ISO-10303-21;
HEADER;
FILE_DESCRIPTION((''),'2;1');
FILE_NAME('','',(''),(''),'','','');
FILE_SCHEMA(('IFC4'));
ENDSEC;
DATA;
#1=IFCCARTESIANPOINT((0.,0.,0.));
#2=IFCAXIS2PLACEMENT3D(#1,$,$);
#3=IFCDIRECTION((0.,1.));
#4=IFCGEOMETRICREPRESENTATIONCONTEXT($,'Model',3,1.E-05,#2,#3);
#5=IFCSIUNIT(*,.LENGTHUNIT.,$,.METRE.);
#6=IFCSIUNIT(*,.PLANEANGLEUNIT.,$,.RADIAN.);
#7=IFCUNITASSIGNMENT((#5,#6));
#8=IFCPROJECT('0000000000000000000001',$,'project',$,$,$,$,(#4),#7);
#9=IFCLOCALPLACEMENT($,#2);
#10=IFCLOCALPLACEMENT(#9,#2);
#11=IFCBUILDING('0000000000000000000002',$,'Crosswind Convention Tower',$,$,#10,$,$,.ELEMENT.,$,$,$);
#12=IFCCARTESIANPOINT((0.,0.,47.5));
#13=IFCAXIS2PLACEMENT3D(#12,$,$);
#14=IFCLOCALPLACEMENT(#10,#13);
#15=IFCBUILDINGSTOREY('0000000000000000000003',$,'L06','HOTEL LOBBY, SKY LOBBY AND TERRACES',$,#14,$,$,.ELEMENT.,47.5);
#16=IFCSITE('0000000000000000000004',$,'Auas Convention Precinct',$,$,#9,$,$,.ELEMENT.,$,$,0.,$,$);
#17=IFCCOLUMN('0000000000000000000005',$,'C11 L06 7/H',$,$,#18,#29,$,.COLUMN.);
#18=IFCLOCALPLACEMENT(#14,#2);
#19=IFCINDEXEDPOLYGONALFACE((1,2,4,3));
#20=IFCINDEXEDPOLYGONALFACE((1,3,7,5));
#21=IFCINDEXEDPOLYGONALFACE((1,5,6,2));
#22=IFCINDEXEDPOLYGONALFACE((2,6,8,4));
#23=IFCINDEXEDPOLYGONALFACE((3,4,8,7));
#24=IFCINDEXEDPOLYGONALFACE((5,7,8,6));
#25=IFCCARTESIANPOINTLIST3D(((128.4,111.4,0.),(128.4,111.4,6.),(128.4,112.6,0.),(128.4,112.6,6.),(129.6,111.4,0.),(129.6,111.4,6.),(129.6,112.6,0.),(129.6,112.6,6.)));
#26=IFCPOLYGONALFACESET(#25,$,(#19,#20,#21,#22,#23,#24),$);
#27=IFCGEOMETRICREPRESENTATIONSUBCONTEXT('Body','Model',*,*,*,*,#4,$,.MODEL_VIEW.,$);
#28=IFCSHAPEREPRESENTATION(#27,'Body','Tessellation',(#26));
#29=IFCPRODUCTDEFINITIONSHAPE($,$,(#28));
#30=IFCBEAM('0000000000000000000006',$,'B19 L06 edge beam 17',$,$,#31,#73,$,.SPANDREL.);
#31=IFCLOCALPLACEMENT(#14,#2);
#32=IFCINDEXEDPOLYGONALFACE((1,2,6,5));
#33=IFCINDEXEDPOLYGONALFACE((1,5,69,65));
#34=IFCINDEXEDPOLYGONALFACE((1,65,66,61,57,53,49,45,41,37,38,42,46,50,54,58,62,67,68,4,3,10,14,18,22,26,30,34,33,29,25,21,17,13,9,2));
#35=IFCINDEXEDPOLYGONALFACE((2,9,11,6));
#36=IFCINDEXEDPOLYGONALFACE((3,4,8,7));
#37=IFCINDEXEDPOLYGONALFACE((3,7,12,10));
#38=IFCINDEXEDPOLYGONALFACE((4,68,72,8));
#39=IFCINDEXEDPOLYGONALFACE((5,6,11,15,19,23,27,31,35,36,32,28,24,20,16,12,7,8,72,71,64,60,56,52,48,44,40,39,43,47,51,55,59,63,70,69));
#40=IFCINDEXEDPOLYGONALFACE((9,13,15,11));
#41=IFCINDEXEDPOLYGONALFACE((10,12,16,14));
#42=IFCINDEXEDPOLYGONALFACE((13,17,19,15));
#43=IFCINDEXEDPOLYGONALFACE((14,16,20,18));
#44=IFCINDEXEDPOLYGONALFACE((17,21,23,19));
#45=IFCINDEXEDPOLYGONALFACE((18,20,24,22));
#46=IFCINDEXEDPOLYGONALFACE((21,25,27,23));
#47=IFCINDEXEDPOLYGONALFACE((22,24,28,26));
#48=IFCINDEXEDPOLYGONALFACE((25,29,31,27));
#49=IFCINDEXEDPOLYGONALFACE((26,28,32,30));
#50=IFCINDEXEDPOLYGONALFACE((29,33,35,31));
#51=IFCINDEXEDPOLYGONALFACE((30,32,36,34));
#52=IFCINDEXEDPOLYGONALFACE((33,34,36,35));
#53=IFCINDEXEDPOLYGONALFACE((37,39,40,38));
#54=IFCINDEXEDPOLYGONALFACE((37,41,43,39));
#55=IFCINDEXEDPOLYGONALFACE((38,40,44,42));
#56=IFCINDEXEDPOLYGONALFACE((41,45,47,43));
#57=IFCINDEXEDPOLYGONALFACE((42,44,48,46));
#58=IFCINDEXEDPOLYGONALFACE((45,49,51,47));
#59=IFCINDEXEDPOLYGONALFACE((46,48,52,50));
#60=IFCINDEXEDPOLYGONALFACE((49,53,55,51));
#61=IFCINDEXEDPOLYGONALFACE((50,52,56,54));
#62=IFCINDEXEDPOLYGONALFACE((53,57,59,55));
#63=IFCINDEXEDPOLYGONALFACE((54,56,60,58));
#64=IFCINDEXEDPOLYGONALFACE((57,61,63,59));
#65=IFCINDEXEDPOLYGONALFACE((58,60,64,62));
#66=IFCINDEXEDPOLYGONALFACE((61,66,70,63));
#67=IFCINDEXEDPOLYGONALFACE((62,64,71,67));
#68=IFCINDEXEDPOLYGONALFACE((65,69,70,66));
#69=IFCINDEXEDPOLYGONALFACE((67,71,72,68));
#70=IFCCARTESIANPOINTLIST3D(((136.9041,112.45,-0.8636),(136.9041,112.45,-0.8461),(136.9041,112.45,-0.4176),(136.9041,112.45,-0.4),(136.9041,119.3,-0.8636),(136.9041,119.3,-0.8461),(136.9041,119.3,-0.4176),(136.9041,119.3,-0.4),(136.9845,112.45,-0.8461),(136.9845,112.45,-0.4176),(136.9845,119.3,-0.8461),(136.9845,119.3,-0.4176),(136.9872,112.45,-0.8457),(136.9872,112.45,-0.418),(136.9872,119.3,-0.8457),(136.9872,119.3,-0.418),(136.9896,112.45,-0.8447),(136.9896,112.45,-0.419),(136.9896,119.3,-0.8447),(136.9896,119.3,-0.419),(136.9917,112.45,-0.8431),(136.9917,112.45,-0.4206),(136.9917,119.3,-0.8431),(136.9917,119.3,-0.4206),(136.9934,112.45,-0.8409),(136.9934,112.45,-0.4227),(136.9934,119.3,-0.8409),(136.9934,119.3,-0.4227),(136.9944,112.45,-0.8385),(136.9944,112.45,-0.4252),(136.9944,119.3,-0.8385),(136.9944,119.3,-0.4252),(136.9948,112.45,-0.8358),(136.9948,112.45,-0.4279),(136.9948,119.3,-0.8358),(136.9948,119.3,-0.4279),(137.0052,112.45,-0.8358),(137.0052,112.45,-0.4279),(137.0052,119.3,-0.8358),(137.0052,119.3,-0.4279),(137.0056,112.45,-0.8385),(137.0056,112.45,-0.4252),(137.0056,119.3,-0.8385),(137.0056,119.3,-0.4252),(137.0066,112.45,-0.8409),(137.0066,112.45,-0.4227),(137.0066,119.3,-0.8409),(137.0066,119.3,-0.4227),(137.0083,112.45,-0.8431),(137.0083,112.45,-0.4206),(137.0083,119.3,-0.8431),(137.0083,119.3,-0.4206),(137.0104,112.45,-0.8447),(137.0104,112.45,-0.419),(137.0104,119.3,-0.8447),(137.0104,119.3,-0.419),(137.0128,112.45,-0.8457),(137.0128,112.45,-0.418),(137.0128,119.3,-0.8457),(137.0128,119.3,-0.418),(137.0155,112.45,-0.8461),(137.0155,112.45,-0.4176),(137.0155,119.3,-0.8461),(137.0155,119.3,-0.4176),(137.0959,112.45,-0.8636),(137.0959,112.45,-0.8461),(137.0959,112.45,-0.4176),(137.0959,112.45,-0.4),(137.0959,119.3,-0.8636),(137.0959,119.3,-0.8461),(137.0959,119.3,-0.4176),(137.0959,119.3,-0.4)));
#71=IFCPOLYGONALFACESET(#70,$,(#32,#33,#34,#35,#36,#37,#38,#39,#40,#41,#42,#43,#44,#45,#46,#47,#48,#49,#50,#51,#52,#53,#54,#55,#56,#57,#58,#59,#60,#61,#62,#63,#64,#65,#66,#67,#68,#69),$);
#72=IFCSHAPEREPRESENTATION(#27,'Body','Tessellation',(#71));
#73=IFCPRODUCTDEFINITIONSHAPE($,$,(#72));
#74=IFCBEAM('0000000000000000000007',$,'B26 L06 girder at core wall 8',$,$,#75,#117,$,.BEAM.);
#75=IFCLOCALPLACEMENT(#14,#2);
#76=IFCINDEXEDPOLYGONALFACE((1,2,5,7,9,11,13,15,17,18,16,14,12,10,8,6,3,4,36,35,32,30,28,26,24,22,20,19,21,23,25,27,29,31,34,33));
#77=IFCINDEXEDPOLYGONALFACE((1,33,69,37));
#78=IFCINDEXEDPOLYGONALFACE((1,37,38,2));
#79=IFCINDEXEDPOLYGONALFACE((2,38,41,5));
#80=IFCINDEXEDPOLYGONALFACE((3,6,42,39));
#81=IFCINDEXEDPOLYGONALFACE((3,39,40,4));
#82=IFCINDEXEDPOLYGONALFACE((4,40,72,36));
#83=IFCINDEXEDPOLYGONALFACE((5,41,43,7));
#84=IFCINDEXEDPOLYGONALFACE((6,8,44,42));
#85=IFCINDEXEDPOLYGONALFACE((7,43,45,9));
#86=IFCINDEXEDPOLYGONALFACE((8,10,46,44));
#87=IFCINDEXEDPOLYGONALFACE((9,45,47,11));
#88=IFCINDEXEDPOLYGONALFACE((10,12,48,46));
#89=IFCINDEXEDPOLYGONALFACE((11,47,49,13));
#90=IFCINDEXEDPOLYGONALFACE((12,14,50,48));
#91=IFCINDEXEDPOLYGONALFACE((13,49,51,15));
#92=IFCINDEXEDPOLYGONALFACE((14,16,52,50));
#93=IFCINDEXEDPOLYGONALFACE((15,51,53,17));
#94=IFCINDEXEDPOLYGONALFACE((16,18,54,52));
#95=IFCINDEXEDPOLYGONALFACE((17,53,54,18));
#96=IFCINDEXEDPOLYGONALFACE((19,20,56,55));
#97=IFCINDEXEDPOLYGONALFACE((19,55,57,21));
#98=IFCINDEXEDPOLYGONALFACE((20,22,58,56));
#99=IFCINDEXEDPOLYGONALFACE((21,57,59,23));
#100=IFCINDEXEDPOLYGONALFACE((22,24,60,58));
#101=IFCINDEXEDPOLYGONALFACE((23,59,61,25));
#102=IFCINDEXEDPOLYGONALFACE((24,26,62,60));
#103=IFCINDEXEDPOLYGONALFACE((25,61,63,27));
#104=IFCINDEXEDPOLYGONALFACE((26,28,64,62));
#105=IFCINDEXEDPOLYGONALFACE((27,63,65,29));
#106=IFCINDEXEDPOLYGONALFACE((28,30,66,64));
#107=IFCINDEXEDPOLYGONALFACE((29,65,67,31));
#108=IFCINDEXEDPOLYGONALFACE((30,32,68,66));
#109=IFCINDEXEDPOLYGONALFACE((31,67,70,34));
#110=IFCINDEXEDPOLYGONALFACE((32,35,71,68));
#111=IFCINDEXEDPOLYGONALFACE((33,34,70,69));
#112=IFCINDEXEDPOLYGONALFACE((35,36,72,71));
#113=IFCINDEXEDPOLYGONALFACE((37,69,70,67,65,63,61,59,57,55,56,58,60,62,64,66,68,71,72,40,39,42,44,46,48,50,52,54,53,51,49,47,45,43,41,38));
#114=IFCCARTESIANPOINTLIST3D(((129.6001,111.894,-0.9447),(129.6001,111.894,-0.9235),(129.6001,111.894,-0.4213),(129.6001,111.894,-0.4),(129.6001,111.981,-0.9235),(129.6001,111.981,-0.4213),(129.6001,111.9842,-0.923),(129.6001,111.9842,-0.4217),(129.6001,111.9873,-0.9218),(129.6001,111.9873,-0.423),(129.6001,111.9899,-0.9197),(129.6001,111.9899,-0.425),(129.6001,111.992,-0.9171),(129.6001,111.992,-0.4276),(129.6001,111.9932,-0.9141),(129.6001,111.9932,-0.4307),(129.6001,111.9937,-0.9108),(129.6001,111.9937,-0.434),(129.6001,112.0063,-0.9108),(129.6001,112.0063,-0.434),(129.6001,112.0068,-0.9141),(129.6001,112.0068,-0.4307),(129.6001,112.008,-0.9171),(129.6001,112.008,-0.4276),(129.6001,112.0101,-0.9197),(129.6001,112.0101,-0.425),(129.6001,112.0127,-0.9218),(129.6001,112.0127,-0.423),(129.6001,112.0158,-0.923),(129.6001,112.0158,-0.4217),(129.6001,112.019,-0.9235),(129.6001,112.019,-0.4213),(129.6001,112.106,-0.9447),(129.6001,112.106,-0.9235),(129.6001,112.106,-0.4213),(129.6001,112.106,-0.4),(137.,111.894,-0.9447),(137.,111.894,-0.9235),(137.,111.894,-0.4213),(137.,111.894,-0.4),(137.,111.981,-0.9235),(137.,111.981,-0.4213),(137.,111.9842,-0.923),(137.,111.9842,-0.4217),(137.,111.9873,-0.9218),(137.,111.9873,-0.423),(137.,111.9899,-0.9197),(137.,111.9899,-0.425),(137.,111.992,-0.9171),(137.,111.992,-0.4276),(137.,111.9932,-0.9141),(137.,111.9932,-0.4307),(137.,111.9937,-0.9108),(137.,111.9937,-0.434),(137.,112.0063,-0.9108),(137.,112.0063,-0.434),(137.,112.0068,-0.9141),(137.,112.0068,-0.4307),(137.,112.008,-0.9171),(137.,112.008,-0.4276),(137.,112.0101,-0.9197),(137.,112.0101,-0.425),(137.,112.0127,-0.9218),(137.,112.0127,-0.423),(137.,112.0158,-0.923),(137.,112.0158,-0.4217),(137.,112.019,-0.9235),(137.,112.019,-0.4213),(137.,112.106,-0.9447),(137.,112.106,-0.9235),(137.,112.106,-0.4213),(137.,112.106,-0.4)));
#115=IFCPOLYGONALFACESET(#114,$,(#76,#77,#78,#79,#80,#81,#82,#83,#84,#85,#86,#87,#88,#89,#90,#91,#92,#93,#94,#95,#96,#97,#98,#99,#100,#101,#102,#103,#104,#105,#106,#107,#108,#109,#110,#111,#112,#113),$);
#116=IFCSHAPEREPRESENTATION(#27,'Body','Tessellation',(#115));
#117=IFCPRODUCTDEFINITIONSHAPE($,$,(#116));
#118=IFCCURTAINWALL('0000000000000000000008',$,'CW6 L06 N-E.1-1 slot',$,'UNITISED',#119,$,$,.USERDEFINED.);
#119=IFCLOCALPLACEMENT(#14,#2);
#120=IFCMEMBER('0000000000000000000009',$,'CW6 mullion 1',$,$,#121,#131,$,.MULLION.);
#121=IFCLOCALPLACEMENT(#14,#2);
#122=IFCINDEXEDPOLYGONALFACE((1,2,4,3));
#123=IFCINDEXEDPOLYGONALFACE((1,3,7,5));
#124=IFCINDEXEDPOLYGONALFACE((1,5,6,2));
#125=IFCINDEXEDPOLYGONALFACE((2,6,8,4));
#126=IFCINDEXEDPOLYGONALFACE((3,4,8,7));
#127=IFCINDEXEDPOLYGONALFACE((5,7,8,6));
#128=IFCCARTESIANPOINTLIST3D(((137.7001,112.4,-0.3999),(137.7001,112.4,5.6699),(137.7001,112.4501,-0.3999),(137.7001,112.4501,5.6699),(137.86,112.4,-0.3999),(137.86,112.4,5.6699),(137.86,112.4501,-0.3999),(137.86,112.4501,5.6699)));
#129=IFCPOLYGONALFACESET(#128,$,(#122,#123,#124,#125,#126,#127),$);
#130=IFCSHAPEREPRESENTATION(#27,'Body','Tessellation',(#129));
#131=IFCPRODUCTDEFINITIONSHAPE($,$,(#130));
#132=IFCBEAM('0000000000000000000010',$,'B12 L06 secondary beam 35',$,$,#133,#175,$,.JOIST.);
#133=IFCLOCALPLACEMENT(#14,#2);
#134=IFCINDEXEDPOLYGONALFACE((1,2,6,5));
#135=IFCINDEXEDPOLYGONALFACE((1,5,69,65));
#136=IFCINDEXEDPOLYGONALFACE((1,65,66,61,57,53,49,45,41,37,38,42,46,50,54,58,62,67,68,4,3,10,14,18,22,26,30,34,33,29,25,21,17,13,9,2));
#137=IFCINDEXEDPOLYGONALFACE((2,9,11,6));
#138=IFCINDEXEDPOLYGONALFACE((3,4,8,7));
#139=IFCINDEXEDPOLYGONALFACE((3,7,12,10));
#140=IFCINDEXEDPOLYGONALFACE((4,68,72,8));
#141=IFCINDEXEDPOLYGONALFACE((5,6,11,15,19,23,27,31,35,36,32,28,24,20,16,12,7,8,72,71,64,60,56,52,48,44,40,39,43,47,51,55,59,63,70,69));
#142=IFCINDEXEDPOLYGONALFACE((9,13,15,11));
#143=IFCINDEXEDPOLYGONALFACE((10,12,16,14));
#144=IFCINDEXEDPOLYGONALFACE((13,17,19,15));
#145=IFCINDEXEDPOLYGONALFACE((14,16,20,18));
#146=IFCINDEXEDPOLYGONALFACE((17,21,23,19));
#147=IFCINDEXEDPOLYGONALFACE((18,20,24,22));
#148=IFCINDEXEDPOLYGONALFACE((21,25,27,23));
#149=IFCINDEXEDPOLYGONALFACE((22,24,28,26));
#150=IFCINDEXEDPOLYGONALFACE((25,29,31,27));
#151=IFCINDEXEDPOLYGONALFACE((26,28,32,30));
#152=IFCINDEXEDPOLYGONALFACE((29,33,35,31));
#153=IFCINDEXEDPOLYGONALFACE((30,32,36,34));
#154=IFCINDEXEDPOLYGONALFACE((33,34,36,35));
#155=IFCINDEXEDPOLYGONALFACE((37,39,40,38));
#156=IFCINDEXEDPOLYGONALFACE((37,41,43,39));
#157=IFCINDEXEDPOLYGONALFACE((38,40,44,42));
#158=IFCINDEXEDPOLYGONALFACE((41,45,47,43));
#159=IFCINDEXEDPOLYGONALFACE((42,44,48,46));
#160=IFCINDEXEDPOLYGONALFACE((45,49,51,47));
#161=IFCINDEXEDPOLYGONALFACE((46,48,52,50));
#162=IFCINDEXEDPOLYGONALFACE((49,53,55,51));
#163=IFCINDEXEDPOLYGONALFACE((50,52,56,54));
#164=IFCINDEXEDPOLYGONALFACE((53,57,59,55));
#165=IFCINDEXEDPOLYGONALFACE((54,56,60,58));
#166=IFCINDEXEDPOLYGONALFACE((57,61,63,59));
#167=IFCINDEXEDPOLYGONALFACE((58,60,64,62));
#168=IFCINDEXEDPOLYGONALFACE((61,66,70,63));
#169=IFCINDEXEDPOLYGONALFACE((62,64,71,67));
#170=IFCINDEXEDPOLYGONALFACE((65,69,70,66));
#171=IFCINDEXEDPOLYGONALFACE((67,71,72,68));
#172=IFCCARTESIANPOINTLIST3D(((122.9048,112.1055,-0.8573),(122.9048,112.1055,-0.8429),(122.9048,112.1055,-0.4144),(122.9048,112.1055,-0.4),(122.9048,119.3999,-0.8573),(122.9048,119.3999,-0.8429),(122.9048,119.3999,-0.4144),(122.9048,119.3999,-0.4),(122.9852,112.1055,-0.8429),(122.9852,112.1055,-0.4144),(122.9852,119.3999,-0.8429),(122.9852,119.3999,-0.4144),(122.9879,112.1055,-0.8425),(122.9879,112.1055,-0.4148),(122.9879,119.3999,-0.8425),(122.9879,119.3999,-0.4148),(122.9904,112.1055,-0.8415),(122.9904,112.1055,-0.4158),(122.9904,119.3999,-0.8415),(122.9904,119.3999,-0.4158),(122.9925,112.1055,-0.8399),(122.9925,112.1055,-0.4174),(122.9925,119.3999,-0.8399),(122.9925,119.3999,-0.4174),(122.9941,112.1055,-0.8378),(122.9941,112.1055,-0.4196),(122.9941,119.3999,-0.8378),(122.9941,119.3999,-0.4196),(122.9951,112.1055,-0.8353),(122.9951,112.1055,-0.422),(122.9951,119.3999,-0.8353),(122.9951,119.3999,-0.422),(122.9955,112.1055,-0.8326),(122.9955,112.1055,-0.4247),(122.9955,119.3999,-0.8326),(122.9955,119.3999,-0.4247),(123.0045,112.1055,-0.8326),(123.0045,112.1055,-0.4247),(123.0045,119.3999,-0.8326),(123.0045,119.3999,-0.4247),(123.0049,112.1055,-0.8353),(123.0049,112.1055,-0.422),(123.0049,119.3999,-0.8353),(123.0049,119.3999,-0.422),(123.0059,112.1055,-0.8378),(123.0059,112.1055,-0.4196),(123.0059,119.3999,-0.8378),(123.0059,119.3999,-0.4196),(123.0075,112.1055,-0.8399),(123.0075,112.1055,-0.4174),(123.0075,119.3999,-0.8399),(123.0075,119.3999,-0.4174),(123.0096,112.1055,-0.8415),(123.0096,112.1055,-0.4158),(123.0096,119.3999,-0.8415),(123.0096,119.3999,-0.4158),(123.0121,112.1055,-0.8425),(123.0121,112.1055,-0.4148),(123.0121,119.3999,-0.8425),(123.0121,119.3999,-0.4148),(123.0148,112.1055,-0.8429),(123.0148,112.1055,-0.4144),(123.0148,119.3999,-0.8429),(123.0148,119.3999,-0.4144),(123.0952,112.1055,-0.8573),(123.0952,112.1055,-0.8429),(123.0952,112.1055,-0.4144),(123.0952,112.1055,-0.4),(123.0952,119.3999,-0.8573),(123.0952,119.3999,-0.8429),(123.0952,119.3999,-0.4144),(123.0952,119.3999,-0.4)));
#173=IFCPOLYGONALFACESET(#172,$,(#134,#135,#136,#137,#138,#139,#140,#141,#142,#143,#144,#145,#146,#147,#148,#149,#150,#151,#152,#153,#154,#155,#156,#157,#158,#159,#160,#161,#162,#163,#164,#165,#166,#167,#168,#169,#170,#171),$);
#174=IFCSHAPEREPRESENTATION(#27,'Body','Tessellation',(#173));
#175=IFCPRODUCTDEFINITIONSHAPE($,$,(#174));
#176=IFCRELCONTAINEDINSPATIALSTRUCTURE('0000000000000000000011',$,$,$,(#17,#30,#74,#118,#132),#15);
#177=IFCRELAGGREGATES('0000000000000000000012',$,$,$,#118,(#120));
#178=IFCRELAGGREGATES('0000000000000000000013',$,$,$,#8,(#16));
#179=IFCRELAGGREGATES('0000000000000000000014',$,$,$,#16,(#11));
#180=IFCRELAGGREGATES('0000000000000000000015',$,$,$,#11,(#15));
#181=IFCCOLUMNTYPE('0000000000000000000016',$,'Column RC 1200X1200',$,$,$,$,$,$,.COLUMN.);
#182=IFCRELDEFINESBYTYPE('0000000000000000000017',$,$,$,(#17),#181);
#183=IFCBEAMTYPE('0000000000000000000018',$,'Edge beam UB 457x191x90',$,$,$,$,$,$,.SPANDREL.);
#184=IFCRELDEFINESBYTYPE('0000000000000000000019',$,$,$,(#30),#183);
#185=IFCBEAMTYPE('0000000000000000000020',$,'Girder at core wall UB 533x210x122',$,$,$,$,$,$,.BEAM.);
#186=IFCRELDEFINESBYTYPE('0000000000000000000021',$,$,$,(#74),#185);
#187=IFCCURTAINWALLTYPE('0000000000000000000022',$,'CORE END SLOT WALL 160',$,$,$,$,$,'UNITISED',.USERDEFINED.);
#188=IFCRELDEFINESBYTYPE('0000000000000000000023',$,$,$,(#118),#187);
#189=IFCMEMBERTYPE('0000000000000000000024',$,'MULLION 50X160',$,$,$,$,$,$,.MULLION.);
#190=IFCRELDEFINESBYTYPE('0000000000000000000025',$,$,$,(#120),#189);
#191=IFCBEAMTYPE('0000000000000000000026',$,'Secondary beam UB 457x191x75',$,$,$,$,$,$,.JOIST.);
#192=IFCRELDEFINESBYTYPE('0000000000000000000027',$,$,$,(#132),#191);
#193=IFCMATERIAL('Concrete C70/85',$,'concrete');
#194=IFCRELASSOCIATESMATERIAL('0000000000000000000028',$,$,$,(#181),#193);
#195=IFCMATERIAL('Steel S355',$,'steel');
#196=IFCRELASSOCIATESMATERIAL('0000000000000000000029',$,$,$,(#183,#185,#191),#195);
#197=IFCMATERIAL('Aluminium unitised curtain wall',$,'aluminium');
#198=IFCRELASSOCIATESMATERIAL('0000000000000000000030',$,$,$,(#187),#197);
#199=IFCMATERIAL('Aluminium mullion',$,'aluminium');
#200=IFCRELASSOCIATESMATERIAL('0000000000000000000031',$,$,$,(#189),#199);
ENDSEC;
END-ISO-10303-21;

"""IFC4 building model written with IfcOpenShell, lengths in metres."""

from ifc_helpers import new_model, si_unit, direction, frame, origin, origin_2d, place, context, subcontext, project, spatial, rectangle, i_section, extrude, material, material_profile, profile_set, type_object, element, aggregate, save


model = new_model("IFC4")

# Units and contexts
model_context = context("Model", 3, precision=1e-05, world=origin(), true_north=direction((0.0, 1.0)))
body_context = subcontext(model_context, "Body", "Model", "MODEL_VIEW")
ifc_project = project(units=[si_unit("LENGTHUNIT", "METRE"), si_unit("PLANEANGLEUNIT", "RADIAN")], contexts=[model_context])

# Site, building, storey
site_placement = place(None, origin())
site = spatial("IfcSite", under=ifc_project, at=site_placement, Name="Auas Convention Precinct", CompositionType="ELEMENT", RefElevation=0.0)
building_placement = place(site_placement, origin())
building = spatial("IfcBuilding", under=site, at=building_placement, Name="Crosswind Convention Tower", CompositionType="ELEMENT")
storey_placement = place(building_placement, frame((0.0, 0.0, 47.5)))
storey = spatial("IfcBuildingStorey", under=building, at=storey_placement, Name="L06", Description="HOTEL LOBBY, SKY LOBBY AND TERRACES", CompositionType="ELEMENT", Elevation=47.5)

# Column
ifc_material_1 = material(Name="Concrete C70/85", Category="concrete")
ifc_material_profile_1 = material_profile(ifc_material_1, rectangle(XDim=1.2, YDim=1.2, at=origin_2d()), Name="RC 1200X1200")
ifc_profile_set_1 = profile_set([ifc_material_profile_1], Name="Concrete C70/85")
column_type = type_object("IfcColumnType", Name="Column RC 1200X1200", PredefinedType="COLUMN", material=ifc_profile_set_1)
column_placement = place(storey_placement, frame((129.0, 112.0, 0.0), z_axis=(0.0, 0.0, 1.0), x_axis=(1.0, 0.0, 0.0)))
element("IfcColumn", 1, at=column_placement, inside=storey, type_object=column_type, Name="C11 L06 7/H", PredefinedType="COLUMN", context=body_context, shape_type="SweptSolid", body=[
    extrude(rectangle(XDim=1.2, YDim=1.2, at=origin_2d()), origin(), (0.0, 0.0, 1.0), 6.0),
])

# Beams
ifc_material_2 = material(Name="Steel S355", Category="steel")
ifc_material_profile_2 = material_profile(ifc_material_2, i_section(OverallWidth=0.1919, OverallDepth=0.4636, WebThickness=0.0105, FlangeThickness=0.0176, FilletRadius=0.0103, at=origin_2d()), Name="UB 457x191x90")
ifc_profile_set_2 = profile_set([ifc_material_profile_2], Name="Steel S355")
beam_type_1 = type_object("IfcBeamType", Name="Edge beam UB 457x191x90", PredefinedType="SPANDREL", material=ifc_profile_set_2)
beam_1_placement = place(storey_placement, frame((137.0, 112.45, -0.6318), z_axis=(0.0, 1.0, 0.0), x_axis=(-1.0, 0.0, 0.0)))
element("IfcBeam", 2, at=beam_1_placement, inside=storey, type_object=beam_type_1, Name="B19 L06 edge beam 17", PredefinedType="SPANDREL", context=body_context, shape_type="SweptSolid", body=[
    extrude(i_section(OverallWidth=0.1919, OverallDepth=0.4636, WebThickness=0.0105, FlangeThickness=0.0176, FilletRadius=0.0103, at=origin_2d()), origin(), (0.0, 0.0, 1.0), 6.8501),
])
ifc_material_profile_3 = material_profile(ifc_material_2, i_section(OverallWidth=0.2119, OverallDepth=0.5447, WebThickness=0.0127, FlangeThickness=0.0212, FilletRadius=0.0127, at=origin_2d()), Name="UB 533x210x122")
ifc_profile_set_3 = profile_set([ifc_material_profile_3], Name="Steel S355")
beam_type_2 = type_object("IfcBeamType", Name="Girder at core wall UB 533x210x122", PredefinedType="BEAM", material=ifc_profile_set_3)
beam_2_placement = place(storey_placement, frame((129.6001, 112.0, -0.6724), z_axis=(1.0, 0.0, 0.0), x_axis=(0.0, 1.0, 0.0)))
element("IfcBeam", 3, at=beam_2_placement, inside=storey, type_object=beam_type_2, Name="B26 L06 girder at core wall 8", PredefinedType="BEAM", context=body_context, shape_type="SweptSolid", body=[
    extrude(i_section(OverallWidth=0.2119, OverallDepth=0.5447, WebThickness=0.0127, FlangeThickness=0.0212, FilletRadius=0.0127, at=origin_2d()), origin(), (0.0, 0.0, 1.0), 7.3999),
])

# Curtain wall, member
ifc_material_3 = material(Name="Aluminium unitised curtain wall", Category="aluminium")
curtain_wall_type = type_object("IfcCurtainWallType", Name="CORE END SLOT WALL 160", ElementType="UNITISED", PredefinedType="USERDEFINED", material=ifc_material_3)
curtain_wall_placement = place(storey_placement, origin())
curtain_wall = element("IfcCurtainWall", 4, at=curtain_wall_placement, inside=storey, type_object=curtain_wall_type, Name="CW6 L06 N-E.1-1 slot", ObjectType="UNITISED", PredefinedType="USERDEFINED")
ifc_material_4 = material(Name="Aluminium mullion", Category="aluminium")
ifc_material_profile_4 = material_profile(ifc_material_4, rectangle(XDim=0.1599, YDim=0.05, at=origin_2d()), Name="AL 160X50")
ifc_profile_set_4 = profile_set([ifc_material_profile_4], Name="Aluminium mullion")
member_type_1 = type_object("IfcMemberType", Name="MULLION 50X160", PredefinedType="MULLION", material=ifc_profile_set_4)
member_1_placement = place(storey_placement, frame((137.78, 112.425, -0.3999), z_axis=(0.0, 0.0, 1.0), x_axis=(1.0, 0.0, 0.0)))
member_1 = element("IfcMember", 5, at=member_1_placement, type_object=member_type_1, Name="CW6 mullion 1", PredefinedType="MULLION", context=body_context, shape_type="SweptSolid", body=[
    extrude(rectangle(XDim=0.1599, YDim=0.05, at=origin_2d()), origin(), (0.0, 0.0, 1.0), 6.0698),
])

# Beam
ifc_material_profile_5 = material_profile(ifc_material_2, i_section(OverallWidth=0.1904, OverallDepth=0.4573, WebThickness=0.009, FlangeThickness=0.0144, FilletRadius=0.0103, at=origin_2d()), Name="UB 457x191x75")
ifc_profile_set_5 = profile_set([ifc_material_profile_5], Name="Steel S355")
beam_type_3 = type_object("IfcBeamType", Name="Secondary beam UB 457x191x75", PredefinedType="JOIST", material=ifc_profile_set_5)
for number, where, z_axis, x_axis, name in (
    (6, (123.0, 112.1055, -0.6287), (0.0, 1.0, 0.0), (-1.0, 0.0, 0.0), "B12 L06 secondary beam 35"),
):
    element("IfcBeam", number, at=place(storey_placement, frame(where, z_axis=z_axis, x_axis=x_axis)), inside=storey, type_object=beam_type_3, Name=name, PredefinedType="JOIST", context=body_context, shape_type="SweptSolid", body=[
        extrude(i_section(OverallWidth=0.1904, OverallDepth=0.4573, WebThickness=0.009, FlangeThickness=0.0144, FilletRadius=0.0103, at=origin_2d()), origin(), (0.0, 0.0, 1.0), 7.2944),
    ])

aggregate(curtain_wall, [member_1])

save(model, "model.ifc")
